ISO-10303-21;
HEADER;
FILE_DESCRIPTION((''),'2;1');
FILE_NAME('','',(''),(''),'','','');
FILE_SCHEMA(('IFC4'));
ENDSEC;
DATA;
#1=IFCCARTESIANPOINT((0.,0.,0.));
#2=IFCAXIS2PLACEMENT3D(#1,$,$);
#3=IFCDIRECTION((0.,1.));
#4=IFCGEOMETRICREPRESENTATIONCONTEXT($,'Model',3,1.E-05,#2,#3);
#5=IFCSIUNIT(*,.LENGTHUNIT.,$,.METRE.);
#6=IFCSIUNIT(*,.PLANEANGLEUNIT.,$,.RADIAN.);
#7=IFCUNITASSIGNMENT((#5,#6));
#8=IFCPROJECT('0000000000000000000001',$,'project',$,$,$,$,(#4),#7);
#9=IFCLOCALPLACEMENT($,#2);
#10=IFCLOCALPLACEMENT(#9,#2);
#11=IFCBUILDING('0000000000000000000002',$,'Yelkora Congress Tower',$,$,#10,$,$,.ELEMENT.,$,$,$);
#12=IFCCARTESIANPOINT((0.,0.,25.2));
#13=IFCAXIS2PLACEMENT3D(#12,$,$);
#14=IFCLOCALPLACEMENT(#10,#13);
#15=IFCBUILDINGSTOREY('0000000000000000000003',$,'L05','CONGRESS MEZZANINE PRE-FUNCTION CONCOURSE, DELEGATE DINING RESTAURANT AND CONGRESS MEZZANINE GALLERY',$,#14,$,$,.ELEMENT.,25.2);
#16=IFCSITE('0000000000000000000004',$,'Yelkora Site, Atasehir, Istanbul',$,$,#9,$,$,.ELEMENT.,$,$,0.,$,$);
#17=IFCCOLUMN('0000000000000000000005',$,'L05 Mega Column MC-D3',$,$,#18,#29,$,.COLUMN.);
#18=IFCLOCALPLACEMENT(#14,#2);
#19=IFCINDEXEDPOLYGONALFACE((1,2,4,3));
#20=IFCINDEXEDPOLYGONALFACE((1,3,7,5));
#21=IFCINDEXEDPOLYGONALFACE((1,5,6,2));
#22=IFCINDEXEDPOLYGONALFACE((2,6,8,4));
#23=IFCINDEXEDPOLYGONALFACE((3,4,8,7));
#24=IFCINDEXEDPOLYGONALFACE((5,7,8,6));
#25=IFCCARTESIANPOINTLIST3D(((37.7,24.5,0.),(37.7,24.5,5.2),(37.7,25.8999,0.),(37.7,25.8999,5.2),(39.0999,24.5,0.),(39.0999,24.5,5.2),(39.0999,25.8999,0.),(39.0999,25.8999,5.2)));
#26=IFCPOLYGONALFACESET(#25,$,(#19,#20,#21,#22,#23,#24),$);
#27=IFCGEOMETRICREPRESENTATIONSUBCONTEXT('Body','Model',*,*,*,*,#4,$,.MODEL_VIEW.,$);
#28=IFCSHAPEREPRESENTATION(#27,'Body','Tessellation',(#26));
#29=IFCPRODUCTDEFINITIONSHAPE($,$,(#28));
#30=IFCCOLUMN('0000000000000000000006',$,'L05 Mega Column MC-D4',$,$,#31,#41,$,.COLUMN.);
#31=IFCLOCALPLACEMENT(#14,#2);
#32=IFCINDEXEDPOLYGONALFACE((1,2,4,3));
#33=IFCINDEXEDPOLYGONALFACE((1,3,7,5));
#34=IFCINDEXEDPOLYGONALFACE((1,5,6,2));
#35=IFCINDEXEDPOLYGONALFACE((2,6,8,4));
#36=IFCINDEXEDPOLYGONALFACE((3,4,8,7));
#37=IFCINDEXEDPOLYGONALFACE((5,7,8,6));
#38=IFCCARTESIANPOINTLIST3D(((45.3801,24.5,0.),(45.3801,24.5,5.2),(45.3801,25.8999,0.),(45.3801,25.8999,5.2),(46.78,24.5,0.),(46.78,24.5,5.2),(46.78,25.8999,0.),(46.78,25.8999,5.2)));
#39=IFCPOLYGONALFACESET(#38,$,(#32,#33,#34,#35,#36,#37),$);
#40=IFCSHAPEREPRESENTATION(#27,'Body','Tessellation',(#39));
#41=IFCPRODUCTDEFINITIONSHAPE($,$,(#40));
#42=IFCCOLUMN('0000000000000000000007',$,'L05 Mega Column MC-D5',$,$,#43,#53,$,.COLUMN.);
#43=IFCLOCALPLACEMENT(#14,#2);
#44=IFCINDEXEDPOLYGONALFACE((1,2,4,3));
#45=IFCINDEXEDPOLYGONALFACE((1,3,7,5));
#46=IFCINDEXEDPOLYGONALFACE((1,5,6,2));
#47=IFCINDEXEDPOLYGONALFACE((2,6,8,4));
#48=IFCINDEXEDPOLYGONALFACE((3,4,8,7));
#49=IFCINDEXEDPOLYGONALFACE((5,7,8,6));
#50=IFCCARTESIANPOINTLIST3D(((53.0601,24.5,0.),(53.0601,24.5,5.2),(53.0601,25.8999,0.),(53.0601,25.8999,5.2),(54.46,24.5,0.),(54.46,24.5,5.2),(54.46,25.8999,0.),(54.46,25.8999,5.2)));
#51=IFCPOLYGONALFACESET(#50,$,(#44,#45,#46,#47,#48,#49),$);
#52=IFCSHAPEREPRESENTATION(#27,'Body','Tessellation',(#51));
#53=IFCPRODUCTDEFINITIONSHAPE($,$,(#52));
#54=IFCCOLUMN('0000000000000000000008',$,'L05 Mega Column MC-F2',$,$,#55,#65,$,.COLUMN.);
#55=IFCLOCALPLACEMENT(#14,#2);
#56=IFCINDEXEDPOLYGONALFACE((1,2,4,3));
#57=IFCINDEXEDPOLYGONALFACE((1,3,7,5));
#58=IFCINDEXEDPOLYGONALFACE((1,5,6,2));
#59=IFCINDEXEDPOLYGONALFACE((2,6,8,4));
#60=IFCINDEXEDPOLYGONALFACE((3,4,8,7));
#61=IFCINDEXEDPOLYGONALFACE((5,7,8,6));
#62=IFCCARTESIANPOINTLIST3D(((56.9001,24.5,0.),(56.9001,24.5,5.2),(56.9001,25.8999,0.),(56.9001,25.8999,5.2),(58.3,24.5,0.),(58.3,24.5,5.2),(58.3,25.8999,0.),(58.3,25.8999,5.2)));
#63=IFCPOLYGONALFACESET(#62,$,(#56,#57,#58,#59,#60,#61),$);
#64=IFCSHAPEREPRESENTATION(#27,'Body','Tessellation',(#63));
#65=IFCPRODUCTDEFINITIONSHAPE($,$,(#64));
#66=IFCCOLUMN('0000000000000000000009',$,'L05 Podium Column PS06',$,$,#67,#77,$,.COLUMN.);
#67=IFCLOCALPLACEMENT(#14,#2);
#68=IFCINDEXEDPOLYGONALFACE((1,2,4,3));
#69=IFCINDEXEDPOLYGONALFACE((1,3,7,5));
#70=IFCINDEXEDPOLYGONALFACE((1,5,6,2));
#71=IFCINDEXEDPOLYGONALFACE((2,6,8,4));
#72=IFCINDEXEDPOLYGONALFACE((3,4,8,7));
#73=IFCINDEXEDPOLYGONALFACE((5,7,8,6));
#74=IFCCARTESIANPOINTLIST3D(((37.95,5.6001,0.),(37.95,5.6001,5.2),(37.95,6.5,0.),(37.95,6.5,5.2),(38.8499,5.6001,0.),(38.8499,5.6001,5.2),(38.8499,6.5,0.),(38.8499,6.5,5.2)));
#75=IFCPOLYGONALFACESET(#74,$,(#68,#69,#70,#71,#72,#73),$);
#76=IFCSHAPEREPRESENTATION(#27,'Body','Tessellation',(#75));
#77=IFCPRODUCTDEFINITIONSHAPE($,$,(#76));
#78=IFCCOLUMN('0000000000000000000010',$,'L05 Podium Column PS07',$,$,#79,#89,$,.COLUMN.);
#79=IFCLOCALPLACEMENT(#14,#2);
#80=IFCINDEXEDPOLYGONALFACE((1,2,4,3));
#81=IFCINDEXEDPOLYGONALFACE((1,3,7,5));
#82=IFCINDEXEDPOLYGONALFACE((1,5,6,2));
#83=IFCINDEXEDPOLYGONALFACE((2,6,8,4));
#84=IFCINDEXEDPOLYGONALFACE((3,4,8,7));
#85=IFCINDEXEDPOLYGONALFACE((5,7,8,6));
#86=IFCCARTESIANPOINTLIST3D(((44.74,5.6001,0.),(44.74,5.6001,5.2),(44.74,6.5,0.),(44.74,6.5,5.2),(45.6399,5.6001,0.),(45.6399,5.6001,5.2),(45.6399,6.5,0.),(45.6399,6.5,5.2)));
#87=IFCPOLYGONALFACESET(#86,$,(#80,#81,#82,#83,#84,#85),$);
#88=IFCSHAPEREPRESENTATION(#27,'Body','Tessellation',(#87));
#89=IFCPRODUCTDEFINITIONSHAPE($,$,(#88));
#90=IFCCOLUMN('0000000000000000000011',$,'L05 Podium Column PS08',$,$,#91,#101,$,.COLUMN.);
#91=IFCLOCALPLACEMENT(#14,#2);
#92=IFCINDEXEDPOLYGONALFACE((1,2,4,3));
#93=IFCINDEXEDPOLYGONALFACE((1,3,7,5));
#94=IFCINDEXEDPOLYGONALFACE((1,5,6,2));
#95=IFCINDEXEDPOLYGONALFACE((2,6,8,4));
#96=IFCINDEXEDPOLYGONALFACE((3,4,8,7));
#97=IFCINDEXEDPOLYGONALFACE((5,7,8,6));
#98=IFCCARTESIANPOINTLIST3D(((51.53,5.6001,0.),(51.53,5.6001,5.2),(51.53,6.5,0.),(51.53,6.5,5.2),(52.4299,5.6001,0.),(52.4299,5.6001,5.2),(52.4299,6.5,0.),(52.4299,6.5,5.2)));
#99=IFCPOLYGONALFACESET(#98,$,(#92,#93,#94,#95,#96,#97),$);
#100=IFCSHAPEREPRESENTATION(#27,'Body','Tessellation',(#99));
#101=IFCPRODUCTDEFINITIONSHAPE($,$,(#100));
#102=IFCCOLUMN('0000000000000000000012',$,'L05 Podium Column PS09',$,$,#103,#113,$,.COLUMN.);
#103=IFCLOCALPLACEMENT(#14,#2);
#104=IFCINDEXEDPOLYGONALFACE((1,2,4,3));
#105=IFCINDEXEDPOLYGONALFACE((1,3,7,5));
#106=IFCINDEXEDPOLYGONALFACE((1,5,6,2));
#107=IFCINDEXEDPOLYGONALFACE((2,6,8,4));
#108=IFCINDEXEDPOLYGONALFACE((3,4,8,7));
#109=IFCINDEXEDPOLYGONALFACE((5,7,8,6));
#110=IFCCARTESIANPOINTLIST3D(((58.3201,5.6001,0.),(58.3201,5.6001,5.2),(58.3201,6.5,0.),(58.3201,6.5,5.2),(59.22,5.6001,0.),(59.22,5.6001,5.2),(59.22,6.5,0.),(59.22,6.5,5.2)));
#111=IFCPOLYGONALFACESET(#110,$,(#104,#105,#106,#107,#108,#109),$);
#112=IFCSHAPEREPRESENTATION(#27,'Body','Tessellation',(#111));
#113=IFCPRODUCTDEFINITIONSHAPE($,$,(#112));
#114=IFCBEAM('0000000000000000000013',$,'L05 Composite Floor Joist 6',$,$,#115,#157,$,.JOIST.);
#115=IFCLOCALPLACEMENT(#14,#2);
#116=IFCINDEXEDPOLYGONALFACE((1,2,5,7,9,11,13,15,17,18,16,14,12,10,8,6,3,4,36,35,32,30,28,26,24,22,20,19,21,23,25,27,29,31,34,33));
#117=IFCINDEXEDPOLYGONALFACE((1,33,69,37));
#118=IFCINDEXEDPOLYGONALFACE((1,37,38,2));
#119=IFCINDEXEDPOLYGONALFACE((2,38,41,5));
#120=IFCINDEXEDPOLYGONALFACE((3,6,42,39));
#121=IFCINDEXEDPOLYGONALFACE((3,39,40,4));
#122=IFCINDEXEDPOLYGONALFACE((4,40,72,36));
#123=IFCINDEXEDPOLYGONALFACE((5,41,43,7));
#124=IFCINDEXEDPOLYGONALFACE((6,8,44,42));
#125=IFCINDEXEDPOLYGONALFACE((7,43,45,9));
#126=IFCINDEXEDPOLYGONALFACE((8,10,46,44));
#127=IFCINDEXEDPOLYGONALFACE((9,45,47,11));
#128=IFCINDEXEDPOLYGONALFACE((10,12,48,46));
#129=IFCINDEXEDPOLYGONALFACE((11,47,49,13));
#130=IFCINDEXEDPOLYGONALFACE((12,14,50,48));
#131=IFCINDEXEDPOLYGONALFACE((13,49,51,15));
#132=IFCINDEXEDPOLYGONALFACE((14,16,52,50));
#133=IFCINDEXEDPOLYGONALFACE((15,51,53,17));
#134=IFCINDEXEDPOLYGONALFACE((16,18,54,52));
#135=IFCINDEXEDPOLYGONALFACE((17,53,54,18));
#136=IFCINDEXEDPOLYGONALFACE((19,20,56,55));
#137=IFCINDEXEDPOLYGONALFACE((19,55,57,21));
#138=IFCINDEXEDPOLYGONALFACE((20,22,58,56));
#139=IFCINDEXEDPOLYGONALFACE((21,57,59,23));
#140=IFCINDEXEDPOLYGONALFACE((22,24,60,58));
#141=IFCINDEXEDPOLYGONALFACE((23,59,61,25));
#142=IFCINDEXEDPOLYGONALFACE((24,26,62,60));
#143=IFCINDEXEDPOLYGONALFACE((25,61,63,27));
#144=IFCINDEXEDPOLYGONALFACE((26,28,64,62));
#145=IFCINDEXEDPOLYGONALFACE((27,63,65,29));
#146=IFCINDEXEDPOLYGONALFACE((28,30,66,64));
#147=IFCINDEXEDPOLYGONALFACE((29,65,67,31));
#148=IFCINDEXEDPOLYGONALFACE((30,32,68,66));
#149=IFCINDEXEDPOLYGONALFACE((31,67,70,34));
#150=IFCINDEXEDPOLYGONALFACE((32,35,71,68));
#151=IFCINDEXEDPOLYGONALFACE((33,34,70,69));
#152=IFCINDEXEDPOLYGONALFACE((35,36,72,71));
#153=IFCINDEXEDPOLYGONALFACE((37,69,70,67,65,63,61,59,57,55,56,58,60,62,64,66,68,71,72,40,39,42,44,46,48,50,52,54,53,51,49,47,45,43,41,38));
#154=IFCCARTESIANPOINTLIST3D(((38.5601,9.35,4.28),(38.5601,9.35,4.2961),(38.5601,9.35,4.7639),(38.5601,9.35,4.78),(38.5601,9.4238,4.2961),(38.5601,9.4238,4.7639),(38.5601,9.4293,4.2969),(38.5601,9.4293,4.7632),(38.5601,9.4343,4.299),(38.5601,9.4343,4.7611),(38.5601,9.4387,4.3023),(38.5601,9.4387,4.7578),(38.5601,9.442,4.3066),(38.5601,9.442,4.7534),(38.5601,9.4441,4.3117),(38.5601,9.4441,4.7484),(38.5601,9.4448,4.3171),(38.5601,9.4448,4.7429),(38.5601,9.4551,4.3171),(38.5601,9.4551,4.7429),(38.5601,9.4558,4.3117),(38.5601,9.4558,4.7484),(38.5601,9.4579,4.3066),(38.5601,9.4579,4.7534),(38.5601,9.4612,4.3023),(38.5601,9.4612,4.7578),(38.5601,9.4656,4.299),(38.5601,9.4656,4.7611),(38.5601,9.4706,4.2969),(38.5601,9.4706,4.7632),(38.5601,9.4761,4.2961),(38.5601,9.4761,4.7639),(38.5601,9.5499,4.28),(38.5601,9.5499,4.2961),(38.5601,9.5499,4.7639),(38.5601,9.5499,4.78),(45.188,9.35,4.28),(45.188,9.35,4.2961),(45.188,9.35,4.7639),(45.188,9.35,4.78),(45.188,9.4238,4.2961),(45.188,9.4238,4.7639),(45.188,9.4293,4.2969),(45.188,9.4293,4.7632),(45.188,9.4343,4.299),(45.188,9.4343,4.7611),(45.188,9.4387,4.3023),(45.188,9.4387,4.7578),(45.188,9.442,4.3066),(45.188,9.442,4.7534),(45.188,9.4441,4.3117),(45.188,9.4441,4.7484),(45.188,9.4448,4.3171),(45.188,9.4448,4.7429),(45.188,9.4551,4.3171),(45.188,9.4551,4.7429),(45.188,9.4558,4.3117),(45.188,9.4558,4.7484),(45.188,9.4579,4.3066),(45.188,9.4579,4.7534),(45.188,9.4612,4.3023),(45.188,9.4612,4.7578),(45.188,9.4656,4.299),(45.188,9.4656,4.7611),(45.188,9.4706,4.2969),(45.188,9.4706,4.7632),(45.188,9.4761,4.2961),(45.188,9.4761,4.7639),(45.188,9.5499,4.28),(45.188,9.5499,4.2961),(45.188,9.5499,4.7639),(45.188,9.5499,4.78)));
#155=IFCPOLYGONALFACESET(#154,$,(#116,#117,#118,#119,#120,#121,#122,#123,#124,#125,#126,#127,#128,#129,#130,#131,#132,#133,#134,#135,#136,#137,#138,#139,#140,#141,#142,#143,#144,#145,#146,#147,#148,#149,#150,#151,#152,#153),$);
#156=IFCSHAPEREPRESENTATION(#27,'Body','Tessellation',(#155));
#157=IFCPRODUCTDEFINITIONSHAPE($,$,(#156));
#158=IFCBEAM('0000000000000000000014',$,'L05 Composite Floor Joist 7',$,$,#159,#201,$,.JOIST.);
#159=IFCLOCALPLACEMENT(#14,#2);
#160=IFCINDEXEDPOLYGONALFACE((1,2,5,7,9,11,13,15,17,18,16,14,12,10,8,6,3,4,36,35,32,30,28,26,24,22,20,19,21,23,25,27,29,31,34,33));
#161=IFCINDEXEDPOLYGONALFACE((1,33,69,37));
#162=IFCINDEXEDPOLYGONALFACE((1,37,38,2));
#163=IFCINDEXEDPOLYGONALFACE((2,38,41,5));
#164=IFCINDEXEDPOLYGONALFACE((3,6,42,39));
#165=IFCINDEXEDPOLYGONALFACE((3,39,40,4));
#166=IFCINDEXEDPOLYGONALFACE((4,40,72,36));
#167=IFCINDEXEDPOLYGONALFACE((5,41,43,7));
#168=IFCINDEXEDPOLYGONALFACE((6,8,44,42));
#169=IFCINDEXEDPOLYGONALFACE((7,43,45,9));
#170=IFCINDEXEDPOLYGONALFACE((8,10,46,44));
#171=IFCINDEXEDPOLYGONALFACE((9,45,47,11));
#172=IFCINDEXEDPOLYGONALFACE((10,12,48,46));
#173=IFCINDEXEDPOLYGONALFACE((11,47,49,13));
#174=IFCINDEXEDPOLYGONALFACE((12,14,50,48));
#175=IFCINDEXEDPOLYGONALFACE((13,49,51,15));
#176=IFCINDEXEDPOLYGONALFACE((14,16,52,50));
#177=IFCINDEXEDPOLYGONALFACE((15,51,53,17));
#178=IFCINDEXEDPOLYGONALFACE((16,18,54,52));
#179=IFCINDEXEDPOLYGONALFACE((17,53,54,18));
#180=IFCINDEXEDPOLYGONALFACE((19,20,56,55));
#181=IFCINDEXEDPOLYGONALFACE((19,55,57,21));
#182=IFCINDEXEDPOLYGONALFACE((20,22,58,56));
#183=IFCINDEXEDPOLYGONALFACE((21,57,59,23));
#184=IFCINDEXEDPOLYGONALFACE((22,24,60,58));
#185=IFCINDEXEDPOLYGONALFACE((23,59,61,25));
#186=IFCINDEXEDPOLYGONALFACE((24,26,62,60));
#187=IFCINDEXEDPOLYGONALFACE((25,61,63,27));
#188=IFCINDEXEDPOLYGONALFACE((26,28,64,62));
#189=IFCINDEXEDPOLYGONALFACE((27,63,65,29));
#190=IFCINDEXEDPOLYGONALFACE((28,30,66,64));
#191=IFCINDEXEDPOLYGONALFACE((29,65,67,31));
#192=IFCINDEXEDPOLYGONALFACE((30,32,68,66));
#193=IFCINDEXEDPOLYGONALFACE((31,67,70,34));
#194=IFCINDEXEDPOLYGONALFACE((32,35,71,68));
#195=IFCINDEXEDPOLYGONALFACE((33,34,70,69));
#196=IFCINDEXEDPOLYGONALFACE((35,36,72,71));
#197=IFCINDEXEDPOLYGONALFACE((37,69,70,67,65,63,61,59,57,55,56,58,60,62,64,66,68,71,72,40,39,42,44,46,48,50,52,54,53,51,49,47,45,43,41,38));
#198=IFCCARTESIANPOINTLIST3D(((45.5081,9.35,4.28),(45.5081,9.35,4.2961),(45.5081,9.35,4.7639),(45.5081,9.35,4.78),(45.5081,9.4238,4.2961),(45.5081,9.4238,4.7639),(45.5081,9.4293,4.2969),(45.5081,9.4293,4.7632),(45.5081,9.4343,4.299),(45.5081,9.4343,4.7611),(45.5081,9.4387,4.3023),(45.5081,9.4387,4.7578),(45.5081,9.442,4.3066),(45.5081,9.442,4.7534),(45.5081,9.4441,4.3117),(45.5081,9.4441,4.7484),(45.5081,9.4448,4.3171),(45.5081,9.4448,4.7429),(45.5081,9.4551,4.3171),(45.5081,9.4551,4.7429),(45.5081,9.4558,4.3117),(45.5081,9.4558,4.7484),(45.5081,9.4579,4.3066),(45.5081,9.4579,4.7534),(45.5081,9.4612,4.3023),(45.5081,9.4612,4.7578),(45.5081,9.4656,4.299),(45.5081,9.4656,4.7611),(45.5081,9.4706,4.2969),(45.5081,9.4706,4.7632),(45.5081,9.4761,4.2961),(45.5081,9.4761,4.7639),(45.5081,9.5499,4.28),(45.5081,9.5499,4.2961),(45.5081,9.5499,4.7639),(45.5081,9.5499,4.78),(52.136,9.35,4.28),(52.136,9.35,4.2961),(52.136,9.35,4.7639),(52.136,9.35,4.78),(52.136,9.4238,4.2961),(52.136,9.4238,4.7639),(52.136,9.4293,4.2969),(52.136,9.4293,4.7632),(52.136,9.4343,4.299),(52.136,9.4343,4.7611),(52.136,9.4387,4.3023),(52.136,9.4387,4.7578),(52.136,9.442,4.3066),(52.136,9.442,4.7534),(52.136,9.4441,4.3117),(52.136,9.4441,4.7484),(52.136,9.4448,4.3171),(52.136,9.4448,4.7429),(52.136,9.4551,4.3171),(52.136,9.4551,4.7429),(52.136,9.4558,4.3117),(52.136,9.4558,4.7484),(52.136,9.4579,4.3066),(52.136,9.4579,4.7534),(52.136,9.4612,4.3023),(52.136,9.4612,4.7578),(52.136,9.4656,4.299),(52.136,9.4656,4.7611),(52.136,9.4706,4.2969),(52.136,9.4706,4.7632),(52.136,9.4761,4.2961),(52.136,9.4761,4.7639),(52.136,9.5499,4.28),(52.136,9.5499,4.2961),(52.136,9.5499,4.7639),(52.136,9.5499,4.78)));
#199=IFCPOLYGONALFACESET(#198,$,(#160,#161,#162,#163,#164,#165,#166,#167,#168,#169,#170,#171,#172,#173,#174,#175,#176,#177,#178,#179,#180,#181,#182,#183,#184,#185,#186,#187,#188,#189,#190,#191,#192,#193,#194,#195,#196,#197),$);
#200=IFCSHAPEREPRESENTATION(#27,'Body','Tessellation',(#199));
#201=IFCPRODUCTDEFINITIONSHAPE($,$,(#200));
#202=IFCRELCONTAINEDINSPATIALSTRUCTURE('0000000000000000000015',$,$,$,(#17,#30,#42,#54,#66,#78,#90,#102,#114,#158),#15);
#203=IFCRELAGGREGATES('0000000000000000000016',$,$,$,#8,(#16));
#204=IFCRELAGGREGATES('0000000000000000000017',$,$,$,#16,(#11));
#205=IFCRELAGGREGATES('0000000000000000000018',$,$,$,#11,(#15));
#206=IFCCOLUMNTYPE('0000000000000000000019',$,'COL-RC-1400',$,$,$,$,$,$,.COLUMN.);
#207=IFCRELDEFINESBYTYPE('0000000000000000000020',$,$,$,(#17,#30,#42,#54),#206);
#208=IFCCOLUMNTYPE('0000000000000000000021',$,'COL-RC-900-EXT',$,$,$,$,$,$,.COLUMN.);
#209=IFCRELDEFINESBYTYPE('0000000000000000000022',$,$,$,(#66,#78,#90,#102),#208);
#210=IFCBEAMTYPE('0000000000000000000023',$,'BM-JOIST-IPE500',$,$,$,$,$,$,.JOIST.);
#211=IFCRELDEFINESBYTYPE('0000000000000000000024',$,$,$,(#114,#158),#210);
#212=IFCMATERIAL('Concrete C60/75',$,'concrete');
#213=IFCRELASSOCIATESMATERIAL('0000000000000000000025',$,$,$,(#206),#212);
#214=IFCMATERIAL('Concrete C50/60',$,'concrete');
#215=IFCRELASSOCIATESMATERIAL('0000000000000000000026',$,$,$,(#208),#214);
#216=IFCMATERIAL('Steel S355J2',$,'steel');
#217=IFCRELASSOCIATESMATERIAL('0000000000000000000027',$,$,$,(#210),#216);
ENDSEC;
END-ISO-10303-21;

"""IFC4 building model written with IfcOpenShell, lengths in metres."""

from ifc_helpers import new_model, si_unit, direction, frame, origin, origin_2d, place, context, subcontext, project, spatial, rectangle, i_section, extrude, material, material_profile, profile_set, type_object, element, save


model = new_model("IFC4")

# Units and contexts
model_context = context("Model", 3, precision=1e-05, world=origin(), true_north=direction((0.0, 1.0)))
body_context = subcontext(model_context, "Body", "Model", "MODEL_VIEW")
ifc_project = project(units=[si_unit("LENGTHUNIT", "METRE"), si_unit("PLANEANGLEUNIT", "RADIAN")], contexts=[model_context])

# Site, building, storey
site_placement = place(None, origin())
site = spatial("IfcSite", under=ifc_project, at=site_placement, Name="Yelkora Site, Atasehir, Istanbul", CompositionType="ELEMENT", RefElevation=0.0)
building_placement = place(site_placement, origin())
building = spatial("IfcBuilding", under=site, at=building_placement, Name="Yelkora Congress Tower", CompositionType="ELEMENT")
storey_placement = place(building_placement, frame((0.0, 0.0, 25.2)))
storey = spatial("IfcBuildingStorey", under=building, at=storey_placement, Name="L05", Description="CONGRESS MEZZANINE PRE-FUNCTION CONCOURSE, DELEGATE DINING RESTAURANT AND CONGRESS MEZZANINE GALLERY", CompositionType="ELEMENT", Elevation=25.2)

# Columns
ifc_material_1 = material(Name="Concrete C60/75", Category="concrete")
ifc_material_profile_1 = material_profile(ifc_material_1, rectangle(XDim=1.3999, YDim=1.3999, at=origin_2d()), Name="RC 1400x1400")
ifc_profile_set_1 = profile_set([ifc_material_profile_1], Name="Concrete C60/75")
column_type_1 = type_object("IfcColumnType", Name="COL-RC-1400", PredefinedType="COLUMN", material=ifc_profile_set_1)
for number, where, z_axis, x_axis, name in (
    (1, (38.3999, 25.2, 0.0), (0.0, 0.0, 1.0), (1.0, 0.0, 0.0), "L05 Mega Column MC-D3"),
    (2, (46.0801, 25.2, 0.0), (0.0, 0.0, 1.0), (1.0, 0.0, 0.0), "L05 Mega Column MC-D4"),
    (3, (53.76, 25.2, 0.0), (0.0, 0.0, 1.0), (1.0, 0.0, 0.0), "L05 Mega Column MC-D5"),
    (4, (57.6001, 25.2, 0.0), (0.0, 0.0, 1.0), (1.0, 0.0, 0.0), "L05 Mega Column MC-F2"),
):
    element("IfcColumn", number, at=place(storey_placement, frame(where, z_axis=z_axis, x_axis=x_axis)), inside=storey, type_object=column_type_1, Name=name, PredefinedType="COLUMN", context=body_context, shape_type="SweptSolid", body=[
        extrude(rectangle(XDim=1.3999, YDim=1.3999, at=origin_2d()), origin(), (0.0, 0.0, 1.0), 5.2),
    ])
ifc_material_2 = material(Name="Concrete C50/60", Category="concrete")
ifc_material_profile_2 = material_profile(ifc_material_2, rectangle(XDim=0.8999, YDim=0.8999, at=origin_2d()), Name="RC 900x900")
ifc_profile_set_2 = profile_set([ifc_material_profile_2], Name="Concrete C50/60")
column_type_2 = type_object("IfcColumnType", Name="COL-RC-900-EXT", PredefinedType="COLUMN", material=ifc_profile_set_2)
for number, where, z_axis, x_axis, name in (
    (5, (38.3999, 6.05, 0.0), (0.0, 0.0, 1.0), (1.0, 0.0, 0.0), "L05 Podium Column PS06"),
    (6, (45.1899, 6.05, 0.0), (0.0, 0.0, 1.0), (1.0, 0.0, 0.0), "L05 Podium Column PS07"),
    (7, (51.98, 6.05, 0.0), (0.0, 0.0, 1.0), (1.0, 0.0, 0.0), "L05 Podium Column PS08"),
    (8, (58.77, 6.05, 0.0), (0.0, 0.0, 1.0), (1.0, 0.0, 0.0), "L05 Podium Column PS09"),
):
    element("IfcColumn", number, at=place(storey_placement, frame(where, z_axis=z_axis, x_axis=x_axis)), inside=storey, type_object=column_type_2, Name=name, PredefinedType="COLUMN", context=body_context, shape_type="SweptSolid", body=[
        extrude(rectangle(XDim=0.8999, YDim=0.8999, at=origin_2d()), origin(), (0.0, 0.0, 1.0), 5.2),
    ])

# Beams
ifc_material_3 = material(Name="Steel S355J2", Category="steel")
ifc_material_profile_3 = material_profile(ifc_material_3, i_section(OverallWidth=0.2, OverallDepth=0.5, WebThickness=0.0103, FlangeThickness=0.0161, FilletRadius=0.021, at=origin_2d()), Name="IPE 500")
ifc_profile_set_3 = profile_set([ifc_material_profile_3], Name="Steel S355J2")
beam_type_1 = type_object("IfcBeamType", Name="BM-JOIST-IPE500", PredefinedType="JOIST", material=ifc_profile_set_3)
for number, where, z_axis, x_axis, name in (
    (9, (38.5601, 9.45, 4.53), (1.0, 0.0, 0.0), (0.0, 1.0, 0.0), "L05 Composite Floor Joist 6"),
    (10, (45.5081, 9.45, 4.53), (1.0, 0.0, 0.0), (0.0, 1.0, 0.0), "L05 Composite Floor Joist 7"),
):
    element("IfcBeam", number, at=place(storey_placement, frame(where, z_axis=z_axis, x_axis=x_axis)), inside=storey, type_object=beam_type_1, Name=name, PredefinedType="JOIST", context=body_context, shape_type="SweptSolid", body=[
        extrude(i_section(OverallWidth=0.2, OverallDepth=0.5, WebThickness=0.0103, FlangeThickness=0.0161, FilletRadius=0.021, at=origin_2d()), origin(), (0.0, 0.0, 1.0), 6.6279),
    ])

save(model, "model.ifc")
